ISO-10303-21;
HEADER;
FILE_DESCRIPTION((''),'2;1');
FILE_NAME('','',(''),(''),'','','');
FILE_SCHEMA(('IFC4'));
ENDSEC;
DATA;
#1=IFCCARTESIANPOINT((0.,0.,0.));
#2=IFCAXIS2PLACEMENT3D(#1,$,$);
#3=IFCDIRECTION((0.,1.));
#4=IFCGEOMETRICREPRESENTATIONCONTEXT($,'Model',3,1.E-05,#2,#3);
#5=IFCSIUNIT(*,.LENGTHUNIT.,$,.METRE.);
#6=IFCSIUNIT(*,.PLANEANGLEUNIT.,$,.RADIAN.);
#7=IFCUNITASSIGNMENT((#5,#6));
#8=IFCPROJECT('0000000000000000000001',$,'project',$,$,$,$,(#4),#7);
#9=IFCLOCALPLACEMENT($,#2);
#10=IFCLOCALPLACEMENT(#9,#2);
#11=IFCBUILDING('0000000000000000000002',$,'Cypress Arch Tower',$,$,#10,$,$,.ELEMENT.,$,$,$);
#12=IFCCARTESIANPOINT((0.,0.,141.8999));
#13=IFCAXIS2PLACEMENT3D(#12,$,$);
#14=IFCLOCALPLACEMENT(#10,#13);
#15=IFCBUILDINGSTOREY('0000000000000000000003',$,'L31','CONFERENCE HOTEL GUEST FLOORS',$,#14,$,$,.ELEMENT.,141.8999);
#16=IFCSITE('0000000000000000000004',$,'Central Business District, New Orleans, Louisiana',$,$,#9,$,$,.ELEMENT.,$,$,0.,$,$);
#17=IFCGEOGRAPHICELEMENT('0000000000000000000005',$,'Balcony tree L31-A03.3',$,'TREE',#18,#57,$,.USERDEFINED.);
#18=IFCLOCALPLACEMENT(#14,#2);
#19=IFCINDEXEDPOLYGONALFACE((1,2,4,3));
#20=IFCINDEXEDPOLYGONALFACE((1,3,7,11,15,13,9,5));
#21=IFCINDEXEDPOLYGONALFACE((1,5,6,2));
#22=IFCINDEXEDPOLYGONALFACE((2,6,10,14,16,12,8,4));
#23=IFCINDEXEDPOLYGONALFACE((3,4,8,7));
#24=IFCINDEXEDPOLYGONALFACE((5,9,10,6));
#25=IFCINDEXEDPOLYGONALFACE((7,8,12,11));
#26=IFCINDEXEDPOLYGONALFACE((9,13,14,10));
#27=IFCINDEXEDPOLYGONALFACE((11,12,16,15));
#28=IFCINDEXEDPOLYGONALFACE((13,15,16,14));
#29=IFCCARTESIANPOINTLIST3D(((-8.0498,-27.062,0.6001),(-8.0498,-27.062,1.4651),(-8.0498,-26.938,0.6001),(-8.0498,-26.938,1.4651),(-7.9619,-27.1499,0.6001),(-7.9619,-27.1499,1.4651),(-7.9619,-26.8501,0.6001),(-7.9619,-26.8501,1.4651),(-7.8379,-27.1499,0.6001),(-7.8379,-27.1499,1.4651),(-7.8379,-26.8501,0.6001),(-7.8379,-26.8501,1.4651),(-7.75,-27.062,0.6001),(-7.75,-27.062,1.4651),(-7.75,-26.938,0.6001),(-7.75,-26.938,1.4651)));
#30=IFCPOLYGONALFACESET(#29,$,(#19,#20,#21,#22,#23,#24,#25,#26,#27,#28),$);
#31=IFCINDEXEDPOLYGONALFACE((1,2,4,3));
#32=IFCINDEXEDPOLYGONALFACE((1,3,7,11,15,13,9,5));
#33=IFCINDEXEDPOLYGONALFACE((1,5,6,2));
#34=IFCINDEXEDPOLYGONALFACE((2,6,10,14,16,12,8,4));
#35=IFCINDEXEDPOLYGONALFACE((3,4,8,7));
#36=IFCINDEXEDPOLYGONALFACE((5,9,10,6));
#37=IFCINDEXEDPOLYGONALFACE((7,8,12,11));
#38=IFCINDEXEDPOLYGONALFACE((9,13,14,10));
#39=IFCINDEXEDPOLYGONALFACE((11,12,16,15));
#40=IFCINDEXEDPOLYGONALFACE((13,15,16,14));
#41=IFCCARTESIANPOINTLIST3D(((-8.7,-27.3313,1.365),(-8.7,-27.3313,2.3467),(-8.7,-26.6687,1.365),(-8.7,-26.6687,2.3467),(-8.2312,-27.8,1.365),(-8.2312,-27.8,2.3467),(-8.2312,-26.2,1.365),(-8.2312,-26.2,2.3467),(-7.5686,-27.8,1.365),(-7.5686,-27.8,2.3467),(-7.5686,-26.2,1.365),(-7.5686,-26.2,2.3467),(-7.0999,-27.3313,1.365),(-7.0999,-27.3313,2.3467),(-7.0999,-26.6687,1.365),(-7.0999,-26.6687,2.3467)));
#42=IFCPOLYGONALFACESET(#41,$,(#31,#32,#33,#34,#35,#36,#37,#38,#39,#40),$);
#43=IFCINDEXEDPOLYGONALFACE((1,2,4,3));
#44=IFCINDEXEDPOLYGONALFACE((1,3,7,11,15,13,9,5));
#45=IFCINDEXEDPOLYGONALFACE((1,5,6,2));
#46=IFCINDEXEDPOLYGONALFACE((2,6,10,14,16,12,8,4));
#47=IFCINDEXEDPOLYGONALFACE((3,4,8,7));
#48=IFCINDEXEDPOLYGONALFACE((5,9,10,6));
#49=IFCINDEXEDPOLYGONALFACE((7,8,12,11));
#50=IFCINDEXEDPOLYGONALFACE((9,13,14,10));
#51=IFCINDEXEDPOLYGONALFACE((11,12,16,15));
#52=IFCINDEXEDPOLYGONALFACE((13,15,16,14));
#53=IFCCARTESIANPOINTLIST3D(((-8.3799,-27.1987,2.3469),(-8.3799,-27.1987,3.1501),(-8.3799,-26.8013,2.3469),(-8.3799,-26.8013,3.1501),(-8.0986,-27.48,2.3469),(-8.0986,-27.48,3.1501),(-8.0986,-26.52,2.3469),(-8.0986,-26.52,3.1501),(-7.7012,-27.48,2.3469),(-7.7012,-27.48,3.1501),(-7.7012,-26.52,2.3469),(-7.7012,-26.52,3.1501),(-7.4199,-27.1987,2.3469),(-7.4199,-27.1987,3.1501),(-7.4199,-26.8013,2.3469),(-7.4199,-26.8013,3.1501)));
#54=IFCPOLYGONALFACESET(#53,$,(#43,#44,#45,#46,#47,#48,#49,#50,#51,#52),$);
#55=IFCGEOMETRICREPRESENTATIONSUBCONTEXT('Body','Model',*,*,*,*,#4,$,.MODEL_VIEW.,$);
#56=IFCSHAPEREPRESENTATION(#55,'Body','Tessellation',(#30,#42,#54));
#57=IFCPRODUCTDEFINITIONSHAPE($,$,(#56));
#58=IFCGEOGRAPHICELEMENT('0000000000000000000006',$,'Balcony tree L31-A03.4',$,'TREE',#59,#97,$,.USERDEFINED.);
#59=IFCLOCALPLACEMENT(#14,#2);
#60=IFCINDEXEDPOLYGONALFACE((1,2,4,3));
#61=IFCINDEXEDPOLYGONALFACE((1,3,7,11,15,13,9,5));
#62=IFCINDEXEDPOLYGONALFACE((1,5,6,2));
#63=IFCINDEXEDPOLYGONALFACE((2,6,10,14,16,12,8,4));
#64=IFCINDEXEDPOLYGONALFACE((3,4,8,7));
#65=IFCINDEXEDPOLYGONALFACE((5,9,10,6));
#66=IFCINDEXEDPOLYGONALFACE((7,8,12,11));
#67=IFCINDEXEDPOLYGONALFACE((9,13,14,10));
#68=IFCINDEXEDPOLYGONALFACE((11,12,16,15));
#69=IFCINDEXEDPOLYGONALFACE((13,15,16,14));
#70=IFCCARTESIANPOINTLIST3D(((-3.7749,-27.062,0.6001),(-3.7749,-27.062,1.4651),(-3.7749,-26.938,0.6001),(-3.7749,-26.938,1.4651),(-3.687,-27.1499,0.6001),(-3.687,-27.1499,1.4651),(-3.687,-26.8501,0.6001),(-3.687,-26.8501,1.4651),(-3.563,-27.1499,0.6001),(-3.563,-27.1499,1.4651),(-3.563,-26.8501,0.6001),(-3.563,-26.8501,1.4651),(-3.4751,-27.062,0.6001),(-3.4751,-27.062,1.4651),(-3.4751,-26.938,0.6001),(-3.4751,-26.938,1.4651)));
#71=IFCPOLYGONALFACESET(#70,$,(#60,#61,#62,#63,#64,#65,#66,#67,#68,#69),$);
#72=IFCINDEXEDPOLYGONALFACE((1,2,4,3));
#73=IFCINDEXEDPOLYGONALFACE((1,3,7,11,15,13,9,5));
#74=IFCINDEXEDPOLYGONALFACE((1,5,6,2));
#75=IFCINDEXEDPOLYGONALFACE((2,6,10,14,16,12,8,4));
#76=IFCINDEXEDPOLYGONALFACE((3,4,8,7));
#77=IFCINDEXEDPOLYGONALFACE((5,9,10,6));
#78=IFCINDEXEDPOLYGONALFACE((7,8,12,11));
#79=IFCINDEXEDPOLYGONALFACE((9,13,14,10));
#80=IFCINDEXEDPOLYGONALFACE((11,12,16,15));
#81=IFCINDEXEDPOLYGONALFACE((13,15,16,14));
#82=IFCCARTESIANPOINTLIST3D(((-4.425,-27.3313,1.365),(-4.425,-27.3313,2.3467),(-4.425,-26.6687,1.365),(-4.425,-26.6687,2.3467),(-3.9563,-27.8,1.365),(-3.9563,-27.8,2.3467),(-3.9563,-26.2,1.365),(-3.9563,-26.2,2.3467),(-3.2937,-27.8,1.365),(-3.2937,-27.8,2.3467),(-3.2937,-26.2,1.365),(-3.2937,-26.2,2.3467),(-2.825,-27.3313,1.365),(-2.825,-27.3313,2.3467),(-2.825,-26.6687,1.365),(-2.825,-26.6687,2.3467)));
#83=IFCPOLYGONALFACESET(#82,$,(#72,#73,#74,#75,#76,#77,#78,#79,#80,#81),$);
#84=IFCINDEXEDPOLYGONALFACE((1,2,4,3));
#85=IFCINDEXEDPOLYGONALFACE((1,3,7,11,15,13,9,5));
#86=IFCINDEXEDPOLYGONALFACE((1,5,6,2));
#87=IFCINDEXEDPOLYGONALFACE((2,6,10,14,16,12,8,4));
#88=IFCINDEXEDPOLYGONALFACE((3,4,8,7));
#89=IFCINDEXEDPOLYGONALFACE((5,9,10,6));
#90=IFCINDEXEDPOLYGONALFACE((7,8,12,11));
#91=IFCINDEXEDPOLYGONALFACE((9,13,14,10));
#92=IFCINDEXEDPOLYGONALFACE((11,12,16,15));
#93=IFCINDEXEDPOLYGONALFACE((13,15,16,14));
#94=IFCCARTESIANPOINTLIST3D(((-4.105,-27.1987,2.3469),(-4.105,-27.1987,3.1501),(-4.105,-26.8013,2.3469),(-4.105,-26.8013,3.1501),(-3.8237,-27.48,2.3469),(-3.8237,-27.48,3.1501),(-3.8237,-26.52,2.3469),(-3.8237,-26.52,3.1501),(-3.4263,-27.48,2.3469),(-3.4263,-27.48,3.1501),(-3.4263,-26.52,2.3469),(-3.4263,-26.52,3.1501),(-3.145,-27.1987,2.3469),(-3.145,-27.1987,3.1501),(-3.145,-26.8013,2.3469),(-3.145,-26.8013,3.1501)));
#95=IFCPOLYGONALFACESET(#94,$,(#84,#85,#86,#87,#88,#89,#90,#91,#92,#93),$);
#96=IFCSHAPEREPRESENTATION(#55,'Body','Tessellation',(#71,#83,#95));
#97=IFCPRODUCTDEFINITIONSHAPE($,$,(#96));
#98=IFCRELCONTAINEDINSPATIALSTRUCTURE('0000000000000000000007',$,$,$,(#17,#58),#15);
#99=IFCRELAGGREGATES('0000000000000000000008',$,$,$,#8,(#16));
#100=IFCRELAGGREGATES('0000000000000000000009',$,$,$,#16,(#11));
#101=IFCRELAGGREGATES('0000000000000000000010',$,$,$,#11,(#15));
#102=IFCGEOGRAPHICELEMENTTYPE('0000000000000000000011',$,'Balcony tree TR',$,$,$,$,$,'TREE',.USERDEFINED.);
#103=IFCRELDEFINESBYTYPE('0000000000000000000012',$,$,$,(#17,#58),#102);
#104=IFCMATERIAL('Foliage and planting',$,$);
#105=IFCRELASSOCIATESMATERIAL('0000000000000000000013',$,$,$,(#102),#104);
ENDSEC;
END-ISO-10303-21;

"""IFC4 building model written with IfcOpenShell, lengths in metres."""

from ifc_helpers import new_model, si_unit, direction, frame, origin, place, context, subcontext, project, spatial, polyline, outline, extrude, material, type_object, element, save


model = new_model("IFC4")

# Units and contexts
model_context = context("Model", 3, precision=1e-05, world=origin(), true_north=direction((0.0, 1.0)))
body_context = subcontext(model_context, "Body", "Model", "MODEL_VIEW")
ifc_project = project(units=[si_unit("LENGTHUNIT", "METRE"), si_unit("PLANEANGLEUNIT", "RADIAN")], contexts=[model_context])

# Site, building, storey
site_placement = place(None, origin())
site = spatial("IfcSite", under=ifc_project, at=site_placement, Name="Central Business District, New Orleans, Louisiana", CompositionType="ELEMENT", RefElevation=0.0)
building_placement = place(site_placement, origin())
building = spatial("IfcBuilding", under=site, at=building_placement, Name="Cypress Arch Tower", CompositionType="ELEMENT")
storey_placement = place(building_placement, frame((0.0, 0.0, 141.8999)))
storey = spatial("IfcBuildingStorey", under=building, at=storey_placement, Name="L31", Description="CONFERENCE HOTEL GUEST FLOORS", CompositionType="ELEMENT", Elevation=141.8999)

# Geographic elements
ifc_material_1 = material(Name="Foliage and planting")
geographic_element_type = type_object("IfcGeographicElementType", Name="Balcony tree TR", ElementType="TREE", PredefinedType="USERDEFINED", material=ifc_material_1)
for number, where, z_axis, x_axis, name in (
    (1, (-7.8999, -27.0, 0.6001), (0.0, 0.0, 1.0), (1.0, 0.0, 0.0), "Balcony tree L31-A03.3"),
    (2, (-3.625, -27.0, 0.6001), (0.0, 0.0, 1.0), (1.0, 0.0, 0.0), "Balcony tree L31-A03.4"),
):
    element("IfcGeographicElement", number, at=place(storey_placement, frame(where, z_axis=z_axis, x_axis=x_axis)), inside=storey, type_object=geographic_element_type, Name=name, ObjectType="TREE", PredefinedType="USERDEFINED", context=body_context, shape_type="SweptSolid", body=[
        extrude(outline(polyline([(0.1499, 0.062), (0.062, 0.1499), (-0.062, 0.1499), (-0.1499, 0.062), (-0.1499, -0.062), (-0.062, -0.1499), (0.062, -0.1499), (0.1499, -0.062), (0.1499, 0.062)])), origin(), (0.0, 0.0, 1.0), 0.865),
        extrude(outline(polyline([(0.8, 0.3313), (0.3313, 0.8), (-0.3313, 0.8), (-0.8, 0.3313), (-0.8, -0.3313), (-0.3313, -0.8), (0.3313, -0.8), (0.8, -0.3313), (0.8, 0.3313)])), frame((0.0, 0.0, 0.7649)), (0.0, 0.0, 1.0), 0.9817),
        extrude(outline(polyline([(0.48, 0.1987), (0.1987, 0.48), (-0.1987, 0.48), (-0.48, 0.1987), (-0.48, -0.1987), (-0.1987, -0.48), (0.1987, -0.48), (0.48, -0.1987), (0.48, 0.1987)])), frame((0.0, 0.0, 1.7468)), (0.0, 0.0, 1.0), 0.8032),
    ])

save(model, "model.ifc")
